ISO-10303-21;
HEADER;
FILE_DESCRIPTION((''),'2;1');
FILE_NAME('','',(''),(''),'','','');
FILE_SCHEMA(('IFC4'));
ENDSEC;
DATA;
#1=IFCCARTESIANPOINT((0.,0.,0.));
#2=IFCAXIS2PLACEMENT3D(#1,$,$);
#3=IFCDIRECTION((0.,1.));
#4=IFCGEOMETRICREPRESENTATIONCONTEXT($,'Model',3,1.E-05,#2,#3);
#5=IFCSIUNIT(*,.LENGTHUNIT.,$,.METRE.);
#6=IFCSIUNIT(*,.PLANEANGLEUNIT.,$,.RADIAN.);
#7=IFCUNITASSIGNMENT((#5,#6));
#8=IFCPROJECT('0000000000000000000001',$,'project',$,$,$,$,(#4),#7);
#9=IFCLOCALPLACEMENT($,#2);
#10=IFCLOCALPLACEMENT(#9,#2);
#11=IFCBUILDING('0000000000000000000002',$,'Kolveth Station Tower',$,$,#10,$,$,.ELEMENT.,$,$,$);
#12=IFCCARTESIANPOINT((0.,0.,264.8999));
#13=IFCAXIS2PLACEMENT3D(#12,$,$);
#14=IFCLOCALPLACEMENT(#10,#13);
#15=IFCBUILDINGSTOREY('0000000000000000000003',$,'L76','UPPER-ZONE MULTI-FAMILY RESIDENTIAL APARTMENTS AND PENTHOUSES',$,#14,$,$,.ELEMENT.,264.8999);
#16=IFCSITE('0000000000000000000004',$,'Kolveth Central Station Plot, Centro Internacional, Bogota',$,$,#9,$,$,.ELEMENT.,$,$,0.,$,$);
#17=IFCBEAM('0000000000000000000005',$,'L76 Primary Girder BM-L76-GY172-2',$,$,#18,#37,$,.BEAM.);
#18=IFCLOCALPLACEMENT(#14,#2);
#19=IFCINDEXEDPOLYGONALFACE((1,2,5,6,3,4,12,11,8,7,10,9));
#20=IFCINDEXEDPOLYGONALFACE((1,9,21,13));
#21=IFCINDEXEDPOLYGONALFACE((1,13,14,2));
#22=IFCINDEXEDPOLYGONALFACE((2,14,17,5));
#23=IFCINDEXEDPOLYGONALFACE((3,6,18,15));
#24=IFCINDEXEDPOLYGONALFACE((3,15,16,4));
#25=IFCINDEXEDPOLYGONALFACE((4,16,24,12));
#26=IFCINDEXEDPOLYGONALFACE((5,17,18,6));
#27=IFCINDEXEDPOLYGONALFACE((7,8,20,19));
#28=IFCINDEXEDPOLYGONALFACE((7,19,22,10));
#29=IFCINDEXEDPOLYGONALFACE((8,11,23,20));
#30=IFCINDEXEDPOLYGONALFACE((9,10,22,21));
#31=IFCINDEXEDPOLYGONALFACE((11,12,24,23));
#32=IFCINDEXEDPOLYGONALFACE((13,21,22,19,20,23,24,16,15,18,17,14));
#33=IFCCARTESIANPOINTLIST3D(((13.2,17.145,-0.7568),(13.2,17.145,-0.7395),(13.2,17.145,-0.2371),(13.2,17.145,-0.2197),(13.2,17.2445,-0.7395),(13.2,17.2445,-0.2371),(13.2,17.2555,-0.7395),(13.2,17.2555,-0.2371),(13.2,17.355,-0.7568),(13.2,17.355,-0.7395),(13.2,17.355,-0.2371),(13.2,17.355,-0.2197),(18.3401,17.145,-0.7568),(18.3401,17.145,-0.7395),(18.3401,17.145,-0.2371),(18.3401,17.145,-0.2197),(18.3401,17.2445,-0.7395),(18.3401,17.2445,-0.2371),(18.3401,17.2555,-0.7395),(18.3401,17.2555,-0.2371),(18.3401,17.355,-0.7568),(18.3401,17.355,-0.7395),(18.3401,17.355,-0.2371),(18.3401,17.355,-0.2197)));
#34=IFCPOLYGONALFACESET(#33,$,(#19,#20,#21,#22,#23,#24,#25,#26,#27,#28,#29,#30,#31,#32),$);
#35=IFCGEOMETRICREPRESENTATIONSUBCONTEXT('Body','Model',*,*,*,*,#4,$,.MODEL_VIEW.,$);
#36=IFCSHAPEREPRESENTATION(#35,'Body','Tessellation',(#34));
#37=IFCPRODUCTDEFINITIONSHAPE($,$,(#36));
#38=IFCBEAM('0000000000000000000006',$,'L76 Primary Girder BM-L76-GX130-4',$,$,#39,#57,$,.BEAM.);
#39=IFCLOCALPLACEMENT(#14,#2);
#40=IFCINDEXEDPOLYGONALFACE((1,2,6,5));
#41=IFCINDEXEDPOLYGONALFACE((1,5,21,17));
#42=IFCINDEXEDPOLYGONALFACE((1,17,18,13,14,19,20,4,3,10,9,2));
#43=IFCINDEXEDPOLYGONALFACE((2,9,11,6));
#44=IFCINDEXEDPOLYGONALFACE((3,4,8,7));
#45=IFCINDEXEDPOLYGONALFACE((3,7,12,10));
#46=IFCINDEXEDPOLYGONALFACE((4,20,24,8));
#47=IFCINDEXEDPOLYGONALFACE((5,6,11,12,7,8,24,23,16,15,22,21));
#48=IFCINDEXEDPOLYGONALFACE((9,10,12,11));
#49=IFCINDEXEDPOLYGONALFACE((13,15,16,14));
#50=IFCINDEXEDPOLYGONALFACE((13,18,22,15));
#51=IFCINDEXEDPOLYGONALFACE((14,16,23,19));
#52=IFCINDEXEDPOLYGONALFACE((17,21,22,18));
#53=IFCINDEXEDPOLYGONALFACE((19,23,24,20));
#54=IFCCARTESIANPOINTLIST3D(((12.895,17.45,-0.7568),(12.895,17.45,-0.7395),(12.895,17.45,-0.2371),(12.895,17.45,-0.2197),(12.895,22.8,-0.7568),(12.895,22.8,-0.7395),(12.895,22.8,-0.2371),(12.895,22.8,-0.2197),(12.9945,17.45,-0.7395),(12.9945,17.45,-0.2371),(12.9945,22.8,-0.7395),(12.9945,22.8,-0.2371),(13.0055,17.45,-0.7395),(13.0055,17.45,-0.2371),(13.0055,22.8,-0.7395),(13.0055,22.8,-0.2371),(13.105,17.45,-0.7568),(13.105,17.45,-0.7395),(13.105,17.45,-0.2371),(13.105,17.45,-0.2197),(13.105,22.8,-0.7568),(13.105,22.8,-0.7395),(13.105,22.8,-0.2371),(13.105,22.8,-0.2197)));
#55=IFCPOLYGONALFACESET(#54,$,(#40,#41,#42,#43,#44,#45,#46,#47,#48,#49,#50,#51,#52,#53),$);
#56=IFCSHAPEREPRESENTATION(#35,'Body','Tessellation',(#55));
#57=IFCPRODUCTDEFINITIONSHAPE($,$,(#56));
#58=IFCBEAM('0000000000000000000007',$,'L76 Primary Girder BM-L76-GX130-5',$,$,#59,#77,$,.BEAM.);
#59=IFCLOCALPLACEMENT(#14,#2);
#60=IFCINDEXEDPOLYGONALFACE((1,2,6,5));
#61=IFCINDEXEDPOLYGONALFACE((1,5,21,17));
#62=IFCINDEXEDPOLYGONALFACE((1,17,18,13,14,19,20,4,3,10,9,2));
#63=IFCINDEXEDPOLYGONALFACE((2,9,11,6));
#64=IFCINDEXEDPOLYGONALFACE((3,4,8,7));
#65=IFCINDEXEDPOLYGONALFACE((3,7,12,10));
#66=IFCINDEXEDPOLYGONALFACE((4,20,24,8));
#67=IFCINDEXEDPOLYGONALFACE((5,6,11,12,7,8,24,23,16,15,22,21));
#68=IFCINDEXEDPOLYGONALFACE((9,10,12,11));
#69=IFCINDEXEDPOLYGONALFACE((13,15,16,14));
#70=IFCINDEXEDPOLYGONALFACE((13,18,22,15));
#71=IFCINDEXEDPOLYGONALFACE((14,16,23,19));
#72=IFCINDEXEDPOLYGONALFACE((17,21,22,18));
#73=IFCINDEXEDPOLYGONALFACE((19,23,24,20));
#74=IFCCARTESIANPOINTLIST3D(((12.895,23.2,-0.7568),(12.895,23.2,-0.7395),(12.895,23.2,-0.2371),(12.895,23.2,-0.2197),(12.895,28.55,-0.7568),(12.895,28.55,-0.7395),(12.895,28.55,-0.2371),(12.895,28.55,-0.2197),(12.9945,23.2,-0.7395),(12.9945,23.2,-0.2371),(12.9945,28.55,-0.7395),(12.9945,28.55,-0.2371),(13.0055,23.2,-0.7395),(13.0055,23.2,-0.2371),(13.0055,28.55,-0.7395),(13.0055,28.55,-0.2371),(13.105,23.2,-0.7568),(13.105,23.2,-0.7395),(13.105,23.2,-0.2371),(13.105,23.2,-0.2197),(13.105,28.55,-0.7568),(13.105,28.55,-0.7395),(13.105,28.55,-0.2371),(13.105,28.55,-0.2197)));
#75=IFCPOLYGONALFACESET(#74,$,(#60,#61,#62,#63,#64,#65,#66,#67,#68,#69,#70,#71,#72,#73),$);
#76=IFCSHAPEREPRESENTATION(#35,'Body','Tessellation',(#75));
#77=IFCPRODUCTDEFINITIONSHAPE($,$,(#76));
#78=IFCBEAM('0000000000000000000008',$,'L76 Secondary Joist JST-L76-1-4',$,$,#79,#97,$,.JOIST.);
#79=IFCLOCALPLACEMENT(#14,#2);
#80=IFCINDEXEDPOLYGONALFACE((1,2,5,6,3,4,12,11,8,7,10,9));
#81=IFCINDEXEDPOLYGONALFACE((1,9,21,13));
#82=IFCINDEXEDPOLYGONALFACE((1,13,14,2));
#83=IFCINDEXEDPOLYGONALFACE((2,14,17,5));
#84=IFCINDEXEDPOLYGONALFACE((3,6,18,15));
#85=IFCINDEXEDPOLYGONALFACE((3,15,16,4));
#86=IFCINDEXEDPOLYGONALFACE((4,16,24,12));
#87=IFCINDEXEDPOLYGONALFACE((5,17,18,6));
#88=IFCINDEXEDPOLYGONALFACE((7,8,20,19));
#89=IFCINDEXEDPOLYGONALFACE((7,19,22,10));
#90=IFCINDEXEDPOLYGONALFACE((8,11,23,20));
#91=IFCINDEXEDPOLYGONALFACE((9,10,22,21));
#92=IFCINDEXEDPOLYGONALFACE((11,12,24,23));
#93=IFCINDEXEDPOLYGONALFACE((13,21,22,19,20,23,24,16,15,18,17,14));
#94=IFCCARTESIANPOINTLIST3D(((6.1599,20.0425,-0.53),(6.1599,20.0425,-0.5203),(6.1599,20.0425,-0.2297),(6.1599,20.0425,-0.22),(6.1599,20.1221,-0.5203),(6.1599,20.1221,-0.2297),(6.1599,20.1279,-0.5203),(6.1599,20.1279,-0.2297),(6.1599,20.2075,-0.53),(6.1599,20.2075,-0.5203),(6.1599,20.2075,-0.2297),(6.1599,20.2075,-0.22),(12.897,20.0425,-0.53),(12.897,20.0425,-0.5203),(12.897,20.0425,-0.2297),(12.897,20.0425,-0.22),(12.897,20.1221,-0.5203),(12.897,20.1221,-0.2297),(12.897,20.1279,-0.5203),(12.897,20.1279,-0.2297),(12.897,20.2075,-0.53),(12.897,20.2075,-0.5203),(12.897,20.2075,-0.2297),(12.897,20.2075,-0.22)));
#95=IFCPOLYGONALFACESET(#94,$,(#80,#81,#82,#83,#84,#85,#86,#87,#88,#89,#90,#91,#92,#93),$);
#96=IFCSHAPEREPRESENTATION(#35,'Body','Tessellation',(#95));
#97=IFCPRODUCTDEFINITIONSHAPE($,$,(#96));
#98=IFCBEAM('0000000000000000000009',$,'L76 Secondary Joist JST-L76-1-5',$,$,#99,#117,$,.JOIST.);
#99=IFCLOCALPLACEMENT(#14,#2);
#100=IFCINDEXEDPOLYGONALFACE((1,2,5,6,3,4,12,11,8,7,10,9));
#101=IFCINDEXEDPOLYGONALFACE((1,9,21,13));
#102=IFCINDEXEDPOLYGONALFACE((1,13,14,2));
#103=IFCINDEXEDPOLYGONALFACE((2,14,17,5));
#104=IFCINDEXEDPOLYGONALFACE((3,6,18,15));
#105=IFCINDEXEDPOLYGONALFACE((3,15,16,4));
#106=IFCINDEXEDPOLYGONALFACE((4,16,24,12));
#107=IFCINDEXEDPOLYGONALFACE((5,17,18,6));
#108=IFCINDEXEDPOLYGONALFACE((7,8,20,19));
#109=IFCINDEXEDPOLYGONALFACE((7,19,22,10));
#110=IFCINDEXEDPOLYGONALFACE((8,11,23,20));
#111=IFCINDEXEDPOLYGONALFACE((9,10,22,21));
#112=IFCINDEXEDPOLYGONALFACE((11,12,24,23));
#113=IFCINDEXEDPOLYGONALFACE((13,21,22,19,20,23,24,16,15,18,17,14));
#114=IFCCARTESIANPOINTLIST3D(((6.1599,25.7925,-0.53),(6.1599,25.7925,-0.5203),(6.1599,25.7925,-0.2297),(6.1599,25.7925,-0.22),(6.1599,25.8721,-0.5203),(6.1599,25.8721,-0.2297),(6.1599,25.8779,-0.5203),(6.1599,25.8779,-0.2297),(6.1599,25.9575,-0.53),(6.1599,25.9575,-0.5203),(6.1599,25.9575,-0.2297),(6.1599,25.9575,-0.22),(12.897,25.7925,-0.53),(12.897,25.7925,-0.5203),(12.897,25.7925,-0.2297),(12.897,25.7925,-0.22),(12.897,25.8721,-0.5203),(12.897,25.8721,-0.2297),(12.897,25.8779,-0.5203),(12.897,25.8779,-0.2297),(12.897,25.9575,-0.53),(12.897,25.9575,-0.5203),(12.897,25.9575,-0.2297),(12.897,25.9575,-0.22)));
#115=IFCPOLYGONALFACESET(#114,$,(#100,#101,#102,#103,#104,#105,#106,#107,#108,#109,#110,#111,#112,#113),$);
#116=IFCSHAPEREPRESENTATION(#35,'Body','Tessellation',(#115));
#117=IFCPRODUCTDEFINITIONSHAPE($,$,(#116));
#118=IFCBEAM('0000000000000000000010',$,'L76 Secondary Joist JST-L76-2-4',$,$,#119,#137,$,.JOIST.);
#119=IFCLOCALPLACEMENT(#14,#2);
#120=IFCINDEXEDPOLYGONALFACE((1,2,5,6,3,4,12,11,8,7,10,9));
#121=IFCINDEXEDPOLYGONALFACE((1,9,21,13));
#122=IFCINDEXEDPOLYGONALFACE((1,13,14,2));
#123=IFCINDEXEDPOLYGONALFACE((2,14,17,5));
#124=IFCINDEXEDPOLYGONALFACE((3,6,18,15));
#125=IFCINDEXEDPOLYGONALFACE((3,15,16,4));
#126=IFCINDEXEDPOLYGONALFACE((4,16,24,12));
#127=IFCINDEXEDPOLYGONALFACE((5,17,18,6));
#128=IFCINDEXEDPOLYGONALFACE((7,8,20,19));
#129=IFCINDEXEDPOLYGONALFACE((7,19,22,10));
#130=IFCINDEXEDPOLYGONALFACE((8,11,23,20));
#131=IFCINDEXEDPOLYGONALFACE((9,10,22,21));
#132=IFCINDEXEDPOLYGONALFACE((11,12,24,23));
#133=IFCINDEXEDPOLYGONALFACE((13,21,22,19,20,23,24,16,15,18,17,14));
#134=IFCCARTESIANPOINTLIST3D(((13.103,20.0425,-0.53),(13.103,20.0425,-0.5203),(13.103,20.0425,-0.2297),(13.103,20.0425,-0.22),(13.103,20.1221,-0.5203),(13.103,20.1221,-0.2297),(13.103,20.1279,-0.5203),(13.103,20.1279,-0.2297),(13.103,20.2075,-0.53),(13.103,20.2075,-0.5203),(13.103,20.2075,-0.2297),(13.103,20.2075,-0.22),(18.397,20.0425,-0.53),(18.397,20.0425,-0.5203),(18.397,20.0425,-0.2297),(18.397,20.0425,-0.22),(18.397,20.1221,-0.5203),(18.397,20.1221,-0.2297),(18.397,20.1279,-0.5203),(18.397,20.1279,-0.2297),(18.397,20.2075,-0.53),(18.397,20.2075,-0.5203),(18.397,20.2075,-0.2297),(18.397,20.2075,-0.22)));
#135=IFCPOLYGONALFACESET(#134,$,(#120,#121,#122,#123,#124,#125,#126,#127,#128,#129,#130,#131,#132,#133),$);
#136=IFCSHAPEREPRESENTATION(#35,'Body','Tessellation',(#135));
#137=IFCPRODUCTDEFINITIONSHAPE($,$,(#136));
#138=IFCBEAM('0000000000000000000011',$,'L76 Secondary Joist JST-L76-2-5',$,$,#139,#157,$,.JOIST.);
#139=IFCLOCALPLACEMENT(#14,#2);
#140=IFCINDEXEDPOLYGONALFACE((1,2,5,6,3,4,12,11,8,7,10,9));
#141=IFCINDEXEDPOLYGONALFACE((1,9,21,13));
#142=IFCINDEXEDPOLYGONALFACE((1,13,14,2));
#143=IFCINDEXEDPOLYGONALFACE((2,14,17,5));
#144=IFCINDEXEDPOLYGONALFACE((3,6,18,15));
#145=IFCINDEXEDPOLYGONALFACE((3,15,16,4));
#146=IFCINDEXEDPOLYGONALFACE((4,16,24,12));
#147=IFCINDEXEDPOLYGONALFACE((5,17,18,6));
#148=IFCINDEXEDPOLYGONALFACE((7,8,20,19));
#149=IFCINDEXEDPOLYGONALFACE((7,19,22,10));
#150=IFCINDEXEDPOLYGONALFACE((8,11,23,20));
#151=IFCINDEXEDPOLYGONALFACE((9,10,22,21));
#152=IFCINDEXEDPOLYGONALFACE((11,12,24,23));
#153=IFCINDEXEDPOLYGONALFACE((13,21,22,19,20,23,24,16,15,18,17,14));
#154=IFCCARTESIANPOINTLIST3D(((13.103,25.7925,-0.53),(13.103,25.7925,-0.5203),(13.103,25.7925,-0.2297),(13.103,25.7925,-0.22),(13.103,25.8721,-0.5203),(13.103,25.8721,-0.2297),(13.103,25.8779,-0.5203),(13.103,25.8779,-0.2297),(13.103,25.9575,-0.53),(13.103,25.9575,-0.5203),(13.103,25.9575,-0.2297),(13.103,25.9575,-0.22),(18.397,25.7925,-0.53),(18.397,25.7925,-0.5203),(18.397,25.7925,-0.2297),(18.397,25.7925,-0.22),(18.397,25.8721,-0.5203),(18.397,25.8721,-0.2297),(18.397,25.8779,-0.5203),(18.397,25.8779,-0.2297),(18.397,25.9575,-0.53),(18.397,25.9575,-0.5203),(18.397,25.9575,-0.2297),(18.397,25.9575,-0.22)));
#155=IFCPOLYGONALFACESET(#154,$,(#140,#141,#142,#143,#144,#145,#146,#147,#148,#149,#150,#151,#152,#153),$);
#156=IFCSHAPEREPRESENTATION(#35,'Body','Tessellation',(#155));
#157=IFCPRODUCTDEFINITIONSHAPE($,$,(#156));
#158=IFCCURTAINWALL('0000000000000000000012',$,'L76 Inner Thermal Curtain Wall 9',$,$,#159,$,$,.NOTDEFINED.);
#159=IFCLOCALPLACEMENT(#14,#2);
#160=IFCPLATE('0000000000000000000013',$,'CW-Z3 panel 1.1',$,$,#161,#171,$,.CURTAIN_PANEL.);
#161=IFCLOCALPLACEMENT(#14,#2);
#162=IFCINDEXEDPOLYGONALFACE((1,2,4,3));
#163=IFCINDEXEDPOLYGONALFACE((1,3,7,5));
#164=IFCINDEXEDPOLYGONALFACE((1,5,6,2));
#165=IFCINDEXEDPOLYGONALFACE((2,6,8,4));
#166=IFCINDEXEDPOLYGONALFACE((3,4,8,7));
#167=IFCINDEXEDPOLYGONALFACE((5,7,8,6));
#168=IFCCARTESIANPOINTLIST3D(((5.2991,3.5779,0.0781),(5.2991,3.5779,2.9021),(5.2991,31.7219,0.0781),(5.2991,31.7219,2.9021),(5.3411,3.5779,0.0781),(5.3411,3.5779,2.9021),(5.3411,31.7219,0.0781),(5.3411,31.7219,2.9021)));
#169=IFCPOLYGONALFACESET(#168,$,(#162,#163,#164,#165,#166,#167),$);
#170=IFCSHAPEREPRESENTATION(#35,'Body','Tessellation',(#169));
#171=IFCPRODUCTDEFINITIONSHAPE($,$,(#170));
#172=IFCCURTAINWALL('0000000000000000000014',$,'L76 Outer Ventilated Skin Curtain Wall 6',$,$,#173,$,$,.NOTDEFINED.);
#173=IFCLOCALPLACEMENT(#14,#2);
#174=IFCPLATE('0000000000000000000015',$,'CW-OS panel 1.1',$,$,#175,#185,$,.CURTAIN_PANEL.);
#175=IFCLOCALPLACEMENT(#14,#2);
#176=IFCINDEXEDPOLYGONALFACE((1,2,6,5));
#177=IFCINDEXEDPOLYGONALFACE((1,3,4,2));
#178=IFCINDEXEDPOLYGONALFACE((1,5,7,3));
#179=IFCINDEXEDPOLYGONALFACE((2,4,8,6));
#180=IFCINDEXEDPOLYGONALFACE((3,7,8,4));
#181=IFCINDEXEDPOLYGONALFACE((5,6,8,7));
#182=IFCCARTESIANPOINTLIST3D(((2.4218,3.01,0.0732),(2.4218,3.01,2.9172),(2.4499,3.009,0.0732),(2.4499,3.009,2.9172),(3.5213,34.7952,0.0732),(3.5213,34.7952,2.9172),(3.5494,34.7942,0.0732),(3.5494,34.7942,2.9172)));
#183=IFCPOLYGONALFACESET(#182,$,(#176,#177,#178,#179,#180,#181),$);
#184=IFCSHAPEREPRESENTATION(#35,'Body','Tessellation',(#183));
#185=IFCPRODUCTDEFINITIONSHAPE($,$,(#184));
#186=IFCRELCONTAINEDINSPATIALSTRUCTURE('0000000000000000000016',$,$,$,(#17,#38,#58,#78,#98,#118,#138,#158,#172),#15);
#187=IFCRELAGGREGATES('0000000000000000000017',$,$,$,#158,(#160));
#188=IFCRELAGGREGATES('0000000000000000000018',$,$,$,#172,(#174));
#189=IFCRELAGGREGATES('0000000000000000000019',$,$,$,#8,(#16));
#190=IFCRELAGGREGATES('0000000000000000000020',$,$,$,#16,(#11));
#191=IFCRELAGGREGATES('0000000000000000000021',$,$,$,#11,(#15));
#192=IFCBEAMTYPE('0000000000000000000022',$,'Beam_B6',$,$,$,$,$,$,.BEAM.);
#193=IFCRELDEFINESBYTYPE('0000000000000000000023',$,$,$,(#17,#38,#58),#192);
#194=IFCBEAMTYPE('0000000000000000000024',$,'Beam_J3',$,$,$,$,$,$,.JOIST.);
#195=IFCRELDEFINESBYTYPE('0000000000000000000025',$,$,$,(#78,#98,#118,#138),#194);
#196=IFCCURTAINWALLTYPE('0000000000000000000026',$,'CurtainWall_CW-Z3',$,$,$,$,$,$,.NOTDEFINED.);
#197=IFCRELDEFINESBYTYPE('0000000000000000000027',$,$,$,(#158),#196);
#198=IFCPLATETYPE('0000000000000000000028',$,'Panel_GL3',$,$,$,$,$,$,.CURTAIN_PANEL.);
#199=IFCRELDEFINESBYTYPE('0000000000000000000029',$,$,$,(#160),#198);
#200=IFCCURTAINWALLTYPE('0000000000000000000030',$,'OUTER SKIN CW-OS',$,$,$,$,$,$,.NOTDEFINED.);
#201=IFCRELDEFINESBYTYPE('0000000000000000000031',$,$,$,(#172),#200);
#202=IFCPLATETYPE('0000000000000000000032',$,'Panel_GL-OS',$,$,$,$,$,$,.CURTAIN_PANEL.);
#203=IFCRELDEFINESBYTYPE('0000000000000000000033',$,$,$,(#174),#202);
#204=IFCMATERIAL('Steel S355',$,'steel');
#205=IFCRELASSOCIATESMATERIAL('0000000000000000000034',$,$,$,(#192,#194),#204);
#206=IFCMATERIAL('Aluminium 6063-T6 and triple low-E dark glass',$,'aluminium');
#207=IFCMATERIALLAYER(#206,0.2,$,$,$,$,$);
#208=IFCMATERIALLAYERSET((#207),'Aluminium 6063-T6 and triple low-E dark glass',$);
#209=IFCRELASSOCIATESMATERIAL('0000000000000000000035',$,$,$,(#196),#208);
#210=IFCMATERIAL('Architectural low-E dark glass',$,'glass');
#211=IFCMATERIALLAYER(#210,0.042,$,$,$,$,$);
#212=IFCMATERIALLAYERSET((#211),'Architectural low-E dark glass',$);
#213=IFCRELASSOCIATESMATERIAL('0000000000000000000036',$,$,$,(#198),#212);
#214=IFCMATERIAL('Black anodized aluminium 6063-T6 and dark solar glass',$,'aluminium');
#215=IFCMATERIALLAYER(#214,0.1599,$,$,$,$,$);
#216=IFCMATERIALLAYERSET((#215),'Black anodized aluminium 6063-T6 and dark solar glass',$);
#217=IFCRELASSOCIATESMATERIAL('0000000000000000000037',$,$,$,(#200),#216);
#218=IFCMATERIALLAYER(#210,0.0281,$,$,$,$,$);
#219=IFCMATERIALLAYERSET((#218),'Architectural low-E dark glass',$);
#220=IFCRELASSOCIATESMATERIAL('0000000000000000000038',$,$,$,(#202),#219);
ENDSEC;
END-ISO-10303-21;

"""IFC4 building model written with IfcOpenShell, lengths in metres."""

from ifc_helpers import new_model, si_unit, direction, frame, origin, origin_2d, place, context, subcontext, project, spatial, rectangle, i_section, extrude, source, transform, mapped, material, layer, layer_set, material_profile, profile_set, type_object, element, aggregate, save


model = new_model("IFC4")

# Units and contexts
model_context = context("Model", 3, precision=1e-05, world=origin(), true_north=direction((0.0, 1.0)))
body_context = subcontext(model_context, "Body", "Model", "MODEL_VIEW")
ifc_project = project(units=[si_unit("LENGTHUNIT", "METRE"), si_unit("PLANEANGLEUNIT", "RADIAN")], contexts=[model_context])

# Site, building, storey
site_placement = place(None, origin())
site = spatial("IfcSite", under=ifc_project, at=site_placement, Name="Kolveth Central Station Plot, Centro Internacional, Bogota", CompositionType="ELEMENT", RefElevation=0.0)
building_placement = place(site_placement, origin())
building = spatial("IfcBuilding", under=site, at=building_placement, Name="Kolveth Station Tower", CompositionType="ELEMENT")
storey_placement = place(building_placement, frame((0.0, 0.0, 264.8999)))
storey = spatial("IfcBuildingStorey", under=building, at=storey_placement, Name="L76", Description="UPPER-ZONE MULTI-FAMILY RESIDENTIAL APARTMENTS AND PENTHOUSES", CompositionType="ELEMENT", Elevation=264.8999)

# Shared definitions
ifc_material_1 = material(Name="Steel S355", Category="steel")

# Beams
ifc_material_profile_1 = material_profile(ifc_material_1, i_section(OverallWidth=0.21, OverallDepth=0.5371, WebThickness=0.011, FlangeThickness=0.0173, at=origin_2d()), Name="W530x101")
ifc_profile_set_1 = profile_set([ifc_material_profile_1], Name="Steel S355")
beam_type_1 = type_object("IfcBeamType", Name="Beam_B6", PredefinedType="BEAM", material=ifc_profile_set_1)
shared_shape_1 = source(origin(), body_context, "Body", "SweptSolid", [
    extrude(i_section(OverallWidth=0.21, OverallDepth=0.5371, WebThickness=0.011, FlangeThickness=0.0173, at=origin_2d()), origin(), (0.0, 0.0, 1.0), 5.1401),
])
beam_placement = place(storey_placement, frame((13.2, 17.25, -0.4883), z_axis=(1.0, 0.0, 0.0), x_axis=(0.0, 1.0, 0.0)))
element("IfcBeam", 1, at=beam_placement, inside=storey, type_object=beam_type_1, Name="L76 Primary Girder BM-L76-GY172-2", PredefinedType="BEAM", context=body_context, shape_type="MappedRepresentation", body=[
    mapped(shared_shape_1, transform((0.0, 0.0, 0.0), x_axis=(1.0, 0.0, 0.0), y_axis=(0.0, 1.0, 0.0), z_axis=(0.0, 0.0, 1.0), scale=1.0)),
])
shared_shape_2 = source(origin(), body_context, "Body", "SweptSolid", [
    extrude(i_section(OverallWidth=0.21, OverallDepth=0.5371, WebThickness=0.011, FlangeThickness=0.0173, at=origin_2d()), origin(), (0.0, 0.0, 1.0), 5.3501),
])
for number, where, z_axis, x_axis, name in (
    (2, (13.0, 17.45, -0.4883), (0.0, 1.0, 0.0), (-1.0, 0.0, 0.0), "L76 Primary Girder BM-L76-GX130-4"),
    (3, (13.0, 23.2, -0.4883), (0.0, 1.0, 0.0), (-1.0, 0.0, 0.0), "L76 Primary Girder BM-L76-GX130-5"),
):
    element("IfcBeam", number, at=place(storey_placement, frame(where, z_axis=z_axis, x_axis=x_axis)), inside=storey, type_object=beam_type_1, Name=name, PredefinedType="BEAM", context=body_context, shape_type="MappedRepresentation", body=[
        mapped(shared_shape_2, transform((0.0, 0.0, 0.0), x_axis=(1.0, 0.0, 0.0), y_axis=(0.0, 1.0, 0.0), z_axis=(0.0, 0.0, 1.0), scale=1.0)),
    ])
ifc_material_profile_2 = material_profile(ifc_material_1, i_section(OverallWidth=0.165, OverallDepth=0.3101, WebThickness=0.0059, FlangeThickness=0.0098, at=origin_2d()), Name="W310x39")
ifc_profile_set_2 = profile_set([ifc_material_profile_2], Name="Steel S355")
beam_type_2 = type_object("IfcBeamType", Name="Beam_J3", PredefinedType="JOIST", material=ifc_profile_set_2)
shared_shape_3 = source(origin(), body_context, "Body", "SweptSolid", [
    extrude(i_section(OverallWidth=0.165, OverallDepth=0.3101, WebThickness=0.0059, FlangeThickness=0.0098, at=origin_2d()), origin(), (0.0, 0.0, 1.0), 6.7371),
])
for number, where, z_axis, x_axis, name in (
    (4, (6.1599, 20.125, -0.375), (1.0, 0.0, 0.0), (0.0, 1.0, 0.0), "L76 Secondary Joist JST-L76-1-4"),
    (5, (6.1599, 25.875, -0.375), (1.0, 0.0, 0.0), (0.0, 1.0, 0.0), "L76 Secondary Joist JST-L76-1-5"),
):
    element("IfcBeam", number, at=place(storey_placement, frame(where, z_axis=z_axis, x_axis=x_axis)), inside=storey, type_object=beam_type_2, Name=name, PredefinedType="JOIST", context=body_context, shape_type="MappedRepresentation", body=[
        mapped(shared_shape_3, transform((0.0, 0.0, 0.0), x_axis=(1.0, 0.0, 0.0), y_axis=(0.0, 1.0, 0.0), z_axis=(0.0, 0.0, 1.0), scale=1.0)),
    ])
shared_shape_4 = source(origin(), body_context, "Body", "SweptSolid", [
    extrude(i_section(OverallWidth=0.165, OverallDepth=0.3101, WebThickness=0.0059, FlangeThickness=0.0098, at=origin_2d()), origin(), (0.0, 0.0, 1.0), 5.2939),
])
for number, where, z_axis, x_axis, name in (
    (6, (13.103, 20.125, -0.375), (1.0, 0.0, 0.0), (0.0, 1.0, 0.0), "L76 Secondary Joist JST-L76-2-4"),
    (7, (13.103, 25.875, -0.375), (1.0, 0.0, 0.0), (0.0, 1.0, 0.0), "L76 Secondary Joist JST-L76-2-5"),
):
    element("IfcBeam", number, at=place(storey_placement, frame(where, z_axis=z_axis, x_axis=x_axis)), inside=storey, type_object=beam_type_2, Name=name, PredefinedType="JOIST", context=body_context, shape_type="MappedRepresentation", body=[
        mapped(shared_shape_4, transform((0.0, 0.0, 0.0), x_axis=(1.0, 0.0, 0.0), y_axis=(0.0, 1.0, 0.0), z_axis=(0.0, 0.0, 1.0), scale=1.0)),
    ])

# Curtain walls, plates
ifc_material_2 = material(Name="Aluminium 6063-T6 and triple low-E dark glass", Category="aluminium")
ifc_layer_1 = layer(ifc_material_2, 0.2)
ifc_layer_set_1 = layer_set([ifc_layer_1], Name="Aluminium 6063-T6 and triple low-E dark glass")
curtain_wall_type_1 = type_object("IfcCurtainWallType", Name="CurtainWall_CW-Z3", PredefinedType="NOTDEFINED", material=ifc_layer_set_1)
curtain_wall_1_placement = place(storey_placement, origin())
curtain_wall_1 = element("IfcCurtainWall", 8, at=curtain_wall_1_placement, inside=storey, type_object=curtain_wall_type_1, Name="L76 Inner Thermal Curtain Wall 9", PredefinedType="NOTDEFINED")
ifc_material_3 = material(Name="Architectural low-E dark glass", Category="glass")
ifc_layer_2 = layer(ifc_material_3, 0.042)
ifc_layer_set_2 = layer_set([ifc_layer_2], Name="Architectural low-E dark glass")
plate_type_1 = type_object("IfcPlateType", Name="Panel_GL3", PredefinedType="CURTAIN_PANEL", material=ifc_layer_set_2)
shared_shape_5 = source(origin(), body_context, "Body", "SweptSolid", [
    extrude(rectangle(XDim=28.144, YDim=0.042, at=origin_2d()), origin(), (0.0, 0.0, 1.0), 2.824),
])
plate_1_placement = place(storey_placement, frame((5.3201, 17.6499, 0.0781), z_axis=(0.0, 0.0, 1.0), x_axis=(0.0, -1.0, 0.0)))
plate_1 = element("IfcPlate", 9, at=plate_1_placement, type_object=plate_type_1, Name="CW-Z3 panel 1.1", PredefinedType="CURTAIN_PANEL", context=body_context, shape_type="MappedRepresentation", body=[
    mapped(shared_shape_5, transform((0.0, 0.0, 0.0), x_axis=(1.0, 0.0, 0.0), y_axis=(0.0, 1.0, 0.0), z_axis=(0.0, 0.0, 1.0), scale=1.0)),
])
aggregate(curtain_wall_1, [plate_1])
ifc_material_4 = material(Name="Black anodized aluminium 6063-T6 and dark solar glass", Category="aluminium")
ifc_layer_3 = layer(ifc_material_4, 0.1599)
ifc_layer_set_3 = layer_set([ifc_layer_3], Name="Black anodized aluminium 6063-T6 and dark solar glass")
curtain_wall_type_2 = type_object("IfcCurtainWallType", Name="OUTER SKIN CW-OS", PredefinedType="NOTDEFINED", material=ifc_layer_set_3)
curtain_wall_2_placement = place(storey_placement, origin())
curtain_wall_2 = element("IfcCurtainWall", 10, at=curtain_wall_2_placement, inside=storey, type_object=curtain_wall_type_2, Name="L76 Outer Ventilated Skin Curtain Wall 6", PredefinedType="NOTDEFINED")
ifc_layer_4 = layer(ifc_material_3, 0.0281)
ifc_layer_set_4 = layer_set([ifc_layer_4], Name="Architectural low-E dark glass")
plate_type_2 = type_object("IfcPlateType", Name="Panel_GL-OS", PredefinedType="CURTAIN_PANEL", material=ifc_layer_set_4)
shared_shape_6 = source(origin(), body_context, "Body", "SweptSolid", [
    extrude(rectangle(XDim=31.8042, YDim=0.0281, at=origin_2d()), origin(), (0.0, 0.0, 1.0), 2.844),
])
plate_2_placement = place(storey_placement, frame((2.9856, 18.9021, 0.0732), z_axis=(0.0, 0.0, 1.0), x_axis=(-0.03457, -0.999402, 0.0)))
plate_2 = element("IfcPlate", 11, at=plate_2_placement, type_object=plate_type_2, Name="CW-OS panel 1.1", PredefinedType="CURTAIN_PANEL", context=body_context, shape_type="MappedRepresentation", body=[
    mapped(shared_shape_6, transform((0.0, 0.0, 0.0), x_axis=(1.0, 0.0, 0.0), y_axis=(0.0, 1.0, 0.0), z_axis=(0.0, 0.0, 1.0), scale=1.0)),
])
aggregate(curtain_wall_2, [plate_2])

save(model, "model.ifc")
